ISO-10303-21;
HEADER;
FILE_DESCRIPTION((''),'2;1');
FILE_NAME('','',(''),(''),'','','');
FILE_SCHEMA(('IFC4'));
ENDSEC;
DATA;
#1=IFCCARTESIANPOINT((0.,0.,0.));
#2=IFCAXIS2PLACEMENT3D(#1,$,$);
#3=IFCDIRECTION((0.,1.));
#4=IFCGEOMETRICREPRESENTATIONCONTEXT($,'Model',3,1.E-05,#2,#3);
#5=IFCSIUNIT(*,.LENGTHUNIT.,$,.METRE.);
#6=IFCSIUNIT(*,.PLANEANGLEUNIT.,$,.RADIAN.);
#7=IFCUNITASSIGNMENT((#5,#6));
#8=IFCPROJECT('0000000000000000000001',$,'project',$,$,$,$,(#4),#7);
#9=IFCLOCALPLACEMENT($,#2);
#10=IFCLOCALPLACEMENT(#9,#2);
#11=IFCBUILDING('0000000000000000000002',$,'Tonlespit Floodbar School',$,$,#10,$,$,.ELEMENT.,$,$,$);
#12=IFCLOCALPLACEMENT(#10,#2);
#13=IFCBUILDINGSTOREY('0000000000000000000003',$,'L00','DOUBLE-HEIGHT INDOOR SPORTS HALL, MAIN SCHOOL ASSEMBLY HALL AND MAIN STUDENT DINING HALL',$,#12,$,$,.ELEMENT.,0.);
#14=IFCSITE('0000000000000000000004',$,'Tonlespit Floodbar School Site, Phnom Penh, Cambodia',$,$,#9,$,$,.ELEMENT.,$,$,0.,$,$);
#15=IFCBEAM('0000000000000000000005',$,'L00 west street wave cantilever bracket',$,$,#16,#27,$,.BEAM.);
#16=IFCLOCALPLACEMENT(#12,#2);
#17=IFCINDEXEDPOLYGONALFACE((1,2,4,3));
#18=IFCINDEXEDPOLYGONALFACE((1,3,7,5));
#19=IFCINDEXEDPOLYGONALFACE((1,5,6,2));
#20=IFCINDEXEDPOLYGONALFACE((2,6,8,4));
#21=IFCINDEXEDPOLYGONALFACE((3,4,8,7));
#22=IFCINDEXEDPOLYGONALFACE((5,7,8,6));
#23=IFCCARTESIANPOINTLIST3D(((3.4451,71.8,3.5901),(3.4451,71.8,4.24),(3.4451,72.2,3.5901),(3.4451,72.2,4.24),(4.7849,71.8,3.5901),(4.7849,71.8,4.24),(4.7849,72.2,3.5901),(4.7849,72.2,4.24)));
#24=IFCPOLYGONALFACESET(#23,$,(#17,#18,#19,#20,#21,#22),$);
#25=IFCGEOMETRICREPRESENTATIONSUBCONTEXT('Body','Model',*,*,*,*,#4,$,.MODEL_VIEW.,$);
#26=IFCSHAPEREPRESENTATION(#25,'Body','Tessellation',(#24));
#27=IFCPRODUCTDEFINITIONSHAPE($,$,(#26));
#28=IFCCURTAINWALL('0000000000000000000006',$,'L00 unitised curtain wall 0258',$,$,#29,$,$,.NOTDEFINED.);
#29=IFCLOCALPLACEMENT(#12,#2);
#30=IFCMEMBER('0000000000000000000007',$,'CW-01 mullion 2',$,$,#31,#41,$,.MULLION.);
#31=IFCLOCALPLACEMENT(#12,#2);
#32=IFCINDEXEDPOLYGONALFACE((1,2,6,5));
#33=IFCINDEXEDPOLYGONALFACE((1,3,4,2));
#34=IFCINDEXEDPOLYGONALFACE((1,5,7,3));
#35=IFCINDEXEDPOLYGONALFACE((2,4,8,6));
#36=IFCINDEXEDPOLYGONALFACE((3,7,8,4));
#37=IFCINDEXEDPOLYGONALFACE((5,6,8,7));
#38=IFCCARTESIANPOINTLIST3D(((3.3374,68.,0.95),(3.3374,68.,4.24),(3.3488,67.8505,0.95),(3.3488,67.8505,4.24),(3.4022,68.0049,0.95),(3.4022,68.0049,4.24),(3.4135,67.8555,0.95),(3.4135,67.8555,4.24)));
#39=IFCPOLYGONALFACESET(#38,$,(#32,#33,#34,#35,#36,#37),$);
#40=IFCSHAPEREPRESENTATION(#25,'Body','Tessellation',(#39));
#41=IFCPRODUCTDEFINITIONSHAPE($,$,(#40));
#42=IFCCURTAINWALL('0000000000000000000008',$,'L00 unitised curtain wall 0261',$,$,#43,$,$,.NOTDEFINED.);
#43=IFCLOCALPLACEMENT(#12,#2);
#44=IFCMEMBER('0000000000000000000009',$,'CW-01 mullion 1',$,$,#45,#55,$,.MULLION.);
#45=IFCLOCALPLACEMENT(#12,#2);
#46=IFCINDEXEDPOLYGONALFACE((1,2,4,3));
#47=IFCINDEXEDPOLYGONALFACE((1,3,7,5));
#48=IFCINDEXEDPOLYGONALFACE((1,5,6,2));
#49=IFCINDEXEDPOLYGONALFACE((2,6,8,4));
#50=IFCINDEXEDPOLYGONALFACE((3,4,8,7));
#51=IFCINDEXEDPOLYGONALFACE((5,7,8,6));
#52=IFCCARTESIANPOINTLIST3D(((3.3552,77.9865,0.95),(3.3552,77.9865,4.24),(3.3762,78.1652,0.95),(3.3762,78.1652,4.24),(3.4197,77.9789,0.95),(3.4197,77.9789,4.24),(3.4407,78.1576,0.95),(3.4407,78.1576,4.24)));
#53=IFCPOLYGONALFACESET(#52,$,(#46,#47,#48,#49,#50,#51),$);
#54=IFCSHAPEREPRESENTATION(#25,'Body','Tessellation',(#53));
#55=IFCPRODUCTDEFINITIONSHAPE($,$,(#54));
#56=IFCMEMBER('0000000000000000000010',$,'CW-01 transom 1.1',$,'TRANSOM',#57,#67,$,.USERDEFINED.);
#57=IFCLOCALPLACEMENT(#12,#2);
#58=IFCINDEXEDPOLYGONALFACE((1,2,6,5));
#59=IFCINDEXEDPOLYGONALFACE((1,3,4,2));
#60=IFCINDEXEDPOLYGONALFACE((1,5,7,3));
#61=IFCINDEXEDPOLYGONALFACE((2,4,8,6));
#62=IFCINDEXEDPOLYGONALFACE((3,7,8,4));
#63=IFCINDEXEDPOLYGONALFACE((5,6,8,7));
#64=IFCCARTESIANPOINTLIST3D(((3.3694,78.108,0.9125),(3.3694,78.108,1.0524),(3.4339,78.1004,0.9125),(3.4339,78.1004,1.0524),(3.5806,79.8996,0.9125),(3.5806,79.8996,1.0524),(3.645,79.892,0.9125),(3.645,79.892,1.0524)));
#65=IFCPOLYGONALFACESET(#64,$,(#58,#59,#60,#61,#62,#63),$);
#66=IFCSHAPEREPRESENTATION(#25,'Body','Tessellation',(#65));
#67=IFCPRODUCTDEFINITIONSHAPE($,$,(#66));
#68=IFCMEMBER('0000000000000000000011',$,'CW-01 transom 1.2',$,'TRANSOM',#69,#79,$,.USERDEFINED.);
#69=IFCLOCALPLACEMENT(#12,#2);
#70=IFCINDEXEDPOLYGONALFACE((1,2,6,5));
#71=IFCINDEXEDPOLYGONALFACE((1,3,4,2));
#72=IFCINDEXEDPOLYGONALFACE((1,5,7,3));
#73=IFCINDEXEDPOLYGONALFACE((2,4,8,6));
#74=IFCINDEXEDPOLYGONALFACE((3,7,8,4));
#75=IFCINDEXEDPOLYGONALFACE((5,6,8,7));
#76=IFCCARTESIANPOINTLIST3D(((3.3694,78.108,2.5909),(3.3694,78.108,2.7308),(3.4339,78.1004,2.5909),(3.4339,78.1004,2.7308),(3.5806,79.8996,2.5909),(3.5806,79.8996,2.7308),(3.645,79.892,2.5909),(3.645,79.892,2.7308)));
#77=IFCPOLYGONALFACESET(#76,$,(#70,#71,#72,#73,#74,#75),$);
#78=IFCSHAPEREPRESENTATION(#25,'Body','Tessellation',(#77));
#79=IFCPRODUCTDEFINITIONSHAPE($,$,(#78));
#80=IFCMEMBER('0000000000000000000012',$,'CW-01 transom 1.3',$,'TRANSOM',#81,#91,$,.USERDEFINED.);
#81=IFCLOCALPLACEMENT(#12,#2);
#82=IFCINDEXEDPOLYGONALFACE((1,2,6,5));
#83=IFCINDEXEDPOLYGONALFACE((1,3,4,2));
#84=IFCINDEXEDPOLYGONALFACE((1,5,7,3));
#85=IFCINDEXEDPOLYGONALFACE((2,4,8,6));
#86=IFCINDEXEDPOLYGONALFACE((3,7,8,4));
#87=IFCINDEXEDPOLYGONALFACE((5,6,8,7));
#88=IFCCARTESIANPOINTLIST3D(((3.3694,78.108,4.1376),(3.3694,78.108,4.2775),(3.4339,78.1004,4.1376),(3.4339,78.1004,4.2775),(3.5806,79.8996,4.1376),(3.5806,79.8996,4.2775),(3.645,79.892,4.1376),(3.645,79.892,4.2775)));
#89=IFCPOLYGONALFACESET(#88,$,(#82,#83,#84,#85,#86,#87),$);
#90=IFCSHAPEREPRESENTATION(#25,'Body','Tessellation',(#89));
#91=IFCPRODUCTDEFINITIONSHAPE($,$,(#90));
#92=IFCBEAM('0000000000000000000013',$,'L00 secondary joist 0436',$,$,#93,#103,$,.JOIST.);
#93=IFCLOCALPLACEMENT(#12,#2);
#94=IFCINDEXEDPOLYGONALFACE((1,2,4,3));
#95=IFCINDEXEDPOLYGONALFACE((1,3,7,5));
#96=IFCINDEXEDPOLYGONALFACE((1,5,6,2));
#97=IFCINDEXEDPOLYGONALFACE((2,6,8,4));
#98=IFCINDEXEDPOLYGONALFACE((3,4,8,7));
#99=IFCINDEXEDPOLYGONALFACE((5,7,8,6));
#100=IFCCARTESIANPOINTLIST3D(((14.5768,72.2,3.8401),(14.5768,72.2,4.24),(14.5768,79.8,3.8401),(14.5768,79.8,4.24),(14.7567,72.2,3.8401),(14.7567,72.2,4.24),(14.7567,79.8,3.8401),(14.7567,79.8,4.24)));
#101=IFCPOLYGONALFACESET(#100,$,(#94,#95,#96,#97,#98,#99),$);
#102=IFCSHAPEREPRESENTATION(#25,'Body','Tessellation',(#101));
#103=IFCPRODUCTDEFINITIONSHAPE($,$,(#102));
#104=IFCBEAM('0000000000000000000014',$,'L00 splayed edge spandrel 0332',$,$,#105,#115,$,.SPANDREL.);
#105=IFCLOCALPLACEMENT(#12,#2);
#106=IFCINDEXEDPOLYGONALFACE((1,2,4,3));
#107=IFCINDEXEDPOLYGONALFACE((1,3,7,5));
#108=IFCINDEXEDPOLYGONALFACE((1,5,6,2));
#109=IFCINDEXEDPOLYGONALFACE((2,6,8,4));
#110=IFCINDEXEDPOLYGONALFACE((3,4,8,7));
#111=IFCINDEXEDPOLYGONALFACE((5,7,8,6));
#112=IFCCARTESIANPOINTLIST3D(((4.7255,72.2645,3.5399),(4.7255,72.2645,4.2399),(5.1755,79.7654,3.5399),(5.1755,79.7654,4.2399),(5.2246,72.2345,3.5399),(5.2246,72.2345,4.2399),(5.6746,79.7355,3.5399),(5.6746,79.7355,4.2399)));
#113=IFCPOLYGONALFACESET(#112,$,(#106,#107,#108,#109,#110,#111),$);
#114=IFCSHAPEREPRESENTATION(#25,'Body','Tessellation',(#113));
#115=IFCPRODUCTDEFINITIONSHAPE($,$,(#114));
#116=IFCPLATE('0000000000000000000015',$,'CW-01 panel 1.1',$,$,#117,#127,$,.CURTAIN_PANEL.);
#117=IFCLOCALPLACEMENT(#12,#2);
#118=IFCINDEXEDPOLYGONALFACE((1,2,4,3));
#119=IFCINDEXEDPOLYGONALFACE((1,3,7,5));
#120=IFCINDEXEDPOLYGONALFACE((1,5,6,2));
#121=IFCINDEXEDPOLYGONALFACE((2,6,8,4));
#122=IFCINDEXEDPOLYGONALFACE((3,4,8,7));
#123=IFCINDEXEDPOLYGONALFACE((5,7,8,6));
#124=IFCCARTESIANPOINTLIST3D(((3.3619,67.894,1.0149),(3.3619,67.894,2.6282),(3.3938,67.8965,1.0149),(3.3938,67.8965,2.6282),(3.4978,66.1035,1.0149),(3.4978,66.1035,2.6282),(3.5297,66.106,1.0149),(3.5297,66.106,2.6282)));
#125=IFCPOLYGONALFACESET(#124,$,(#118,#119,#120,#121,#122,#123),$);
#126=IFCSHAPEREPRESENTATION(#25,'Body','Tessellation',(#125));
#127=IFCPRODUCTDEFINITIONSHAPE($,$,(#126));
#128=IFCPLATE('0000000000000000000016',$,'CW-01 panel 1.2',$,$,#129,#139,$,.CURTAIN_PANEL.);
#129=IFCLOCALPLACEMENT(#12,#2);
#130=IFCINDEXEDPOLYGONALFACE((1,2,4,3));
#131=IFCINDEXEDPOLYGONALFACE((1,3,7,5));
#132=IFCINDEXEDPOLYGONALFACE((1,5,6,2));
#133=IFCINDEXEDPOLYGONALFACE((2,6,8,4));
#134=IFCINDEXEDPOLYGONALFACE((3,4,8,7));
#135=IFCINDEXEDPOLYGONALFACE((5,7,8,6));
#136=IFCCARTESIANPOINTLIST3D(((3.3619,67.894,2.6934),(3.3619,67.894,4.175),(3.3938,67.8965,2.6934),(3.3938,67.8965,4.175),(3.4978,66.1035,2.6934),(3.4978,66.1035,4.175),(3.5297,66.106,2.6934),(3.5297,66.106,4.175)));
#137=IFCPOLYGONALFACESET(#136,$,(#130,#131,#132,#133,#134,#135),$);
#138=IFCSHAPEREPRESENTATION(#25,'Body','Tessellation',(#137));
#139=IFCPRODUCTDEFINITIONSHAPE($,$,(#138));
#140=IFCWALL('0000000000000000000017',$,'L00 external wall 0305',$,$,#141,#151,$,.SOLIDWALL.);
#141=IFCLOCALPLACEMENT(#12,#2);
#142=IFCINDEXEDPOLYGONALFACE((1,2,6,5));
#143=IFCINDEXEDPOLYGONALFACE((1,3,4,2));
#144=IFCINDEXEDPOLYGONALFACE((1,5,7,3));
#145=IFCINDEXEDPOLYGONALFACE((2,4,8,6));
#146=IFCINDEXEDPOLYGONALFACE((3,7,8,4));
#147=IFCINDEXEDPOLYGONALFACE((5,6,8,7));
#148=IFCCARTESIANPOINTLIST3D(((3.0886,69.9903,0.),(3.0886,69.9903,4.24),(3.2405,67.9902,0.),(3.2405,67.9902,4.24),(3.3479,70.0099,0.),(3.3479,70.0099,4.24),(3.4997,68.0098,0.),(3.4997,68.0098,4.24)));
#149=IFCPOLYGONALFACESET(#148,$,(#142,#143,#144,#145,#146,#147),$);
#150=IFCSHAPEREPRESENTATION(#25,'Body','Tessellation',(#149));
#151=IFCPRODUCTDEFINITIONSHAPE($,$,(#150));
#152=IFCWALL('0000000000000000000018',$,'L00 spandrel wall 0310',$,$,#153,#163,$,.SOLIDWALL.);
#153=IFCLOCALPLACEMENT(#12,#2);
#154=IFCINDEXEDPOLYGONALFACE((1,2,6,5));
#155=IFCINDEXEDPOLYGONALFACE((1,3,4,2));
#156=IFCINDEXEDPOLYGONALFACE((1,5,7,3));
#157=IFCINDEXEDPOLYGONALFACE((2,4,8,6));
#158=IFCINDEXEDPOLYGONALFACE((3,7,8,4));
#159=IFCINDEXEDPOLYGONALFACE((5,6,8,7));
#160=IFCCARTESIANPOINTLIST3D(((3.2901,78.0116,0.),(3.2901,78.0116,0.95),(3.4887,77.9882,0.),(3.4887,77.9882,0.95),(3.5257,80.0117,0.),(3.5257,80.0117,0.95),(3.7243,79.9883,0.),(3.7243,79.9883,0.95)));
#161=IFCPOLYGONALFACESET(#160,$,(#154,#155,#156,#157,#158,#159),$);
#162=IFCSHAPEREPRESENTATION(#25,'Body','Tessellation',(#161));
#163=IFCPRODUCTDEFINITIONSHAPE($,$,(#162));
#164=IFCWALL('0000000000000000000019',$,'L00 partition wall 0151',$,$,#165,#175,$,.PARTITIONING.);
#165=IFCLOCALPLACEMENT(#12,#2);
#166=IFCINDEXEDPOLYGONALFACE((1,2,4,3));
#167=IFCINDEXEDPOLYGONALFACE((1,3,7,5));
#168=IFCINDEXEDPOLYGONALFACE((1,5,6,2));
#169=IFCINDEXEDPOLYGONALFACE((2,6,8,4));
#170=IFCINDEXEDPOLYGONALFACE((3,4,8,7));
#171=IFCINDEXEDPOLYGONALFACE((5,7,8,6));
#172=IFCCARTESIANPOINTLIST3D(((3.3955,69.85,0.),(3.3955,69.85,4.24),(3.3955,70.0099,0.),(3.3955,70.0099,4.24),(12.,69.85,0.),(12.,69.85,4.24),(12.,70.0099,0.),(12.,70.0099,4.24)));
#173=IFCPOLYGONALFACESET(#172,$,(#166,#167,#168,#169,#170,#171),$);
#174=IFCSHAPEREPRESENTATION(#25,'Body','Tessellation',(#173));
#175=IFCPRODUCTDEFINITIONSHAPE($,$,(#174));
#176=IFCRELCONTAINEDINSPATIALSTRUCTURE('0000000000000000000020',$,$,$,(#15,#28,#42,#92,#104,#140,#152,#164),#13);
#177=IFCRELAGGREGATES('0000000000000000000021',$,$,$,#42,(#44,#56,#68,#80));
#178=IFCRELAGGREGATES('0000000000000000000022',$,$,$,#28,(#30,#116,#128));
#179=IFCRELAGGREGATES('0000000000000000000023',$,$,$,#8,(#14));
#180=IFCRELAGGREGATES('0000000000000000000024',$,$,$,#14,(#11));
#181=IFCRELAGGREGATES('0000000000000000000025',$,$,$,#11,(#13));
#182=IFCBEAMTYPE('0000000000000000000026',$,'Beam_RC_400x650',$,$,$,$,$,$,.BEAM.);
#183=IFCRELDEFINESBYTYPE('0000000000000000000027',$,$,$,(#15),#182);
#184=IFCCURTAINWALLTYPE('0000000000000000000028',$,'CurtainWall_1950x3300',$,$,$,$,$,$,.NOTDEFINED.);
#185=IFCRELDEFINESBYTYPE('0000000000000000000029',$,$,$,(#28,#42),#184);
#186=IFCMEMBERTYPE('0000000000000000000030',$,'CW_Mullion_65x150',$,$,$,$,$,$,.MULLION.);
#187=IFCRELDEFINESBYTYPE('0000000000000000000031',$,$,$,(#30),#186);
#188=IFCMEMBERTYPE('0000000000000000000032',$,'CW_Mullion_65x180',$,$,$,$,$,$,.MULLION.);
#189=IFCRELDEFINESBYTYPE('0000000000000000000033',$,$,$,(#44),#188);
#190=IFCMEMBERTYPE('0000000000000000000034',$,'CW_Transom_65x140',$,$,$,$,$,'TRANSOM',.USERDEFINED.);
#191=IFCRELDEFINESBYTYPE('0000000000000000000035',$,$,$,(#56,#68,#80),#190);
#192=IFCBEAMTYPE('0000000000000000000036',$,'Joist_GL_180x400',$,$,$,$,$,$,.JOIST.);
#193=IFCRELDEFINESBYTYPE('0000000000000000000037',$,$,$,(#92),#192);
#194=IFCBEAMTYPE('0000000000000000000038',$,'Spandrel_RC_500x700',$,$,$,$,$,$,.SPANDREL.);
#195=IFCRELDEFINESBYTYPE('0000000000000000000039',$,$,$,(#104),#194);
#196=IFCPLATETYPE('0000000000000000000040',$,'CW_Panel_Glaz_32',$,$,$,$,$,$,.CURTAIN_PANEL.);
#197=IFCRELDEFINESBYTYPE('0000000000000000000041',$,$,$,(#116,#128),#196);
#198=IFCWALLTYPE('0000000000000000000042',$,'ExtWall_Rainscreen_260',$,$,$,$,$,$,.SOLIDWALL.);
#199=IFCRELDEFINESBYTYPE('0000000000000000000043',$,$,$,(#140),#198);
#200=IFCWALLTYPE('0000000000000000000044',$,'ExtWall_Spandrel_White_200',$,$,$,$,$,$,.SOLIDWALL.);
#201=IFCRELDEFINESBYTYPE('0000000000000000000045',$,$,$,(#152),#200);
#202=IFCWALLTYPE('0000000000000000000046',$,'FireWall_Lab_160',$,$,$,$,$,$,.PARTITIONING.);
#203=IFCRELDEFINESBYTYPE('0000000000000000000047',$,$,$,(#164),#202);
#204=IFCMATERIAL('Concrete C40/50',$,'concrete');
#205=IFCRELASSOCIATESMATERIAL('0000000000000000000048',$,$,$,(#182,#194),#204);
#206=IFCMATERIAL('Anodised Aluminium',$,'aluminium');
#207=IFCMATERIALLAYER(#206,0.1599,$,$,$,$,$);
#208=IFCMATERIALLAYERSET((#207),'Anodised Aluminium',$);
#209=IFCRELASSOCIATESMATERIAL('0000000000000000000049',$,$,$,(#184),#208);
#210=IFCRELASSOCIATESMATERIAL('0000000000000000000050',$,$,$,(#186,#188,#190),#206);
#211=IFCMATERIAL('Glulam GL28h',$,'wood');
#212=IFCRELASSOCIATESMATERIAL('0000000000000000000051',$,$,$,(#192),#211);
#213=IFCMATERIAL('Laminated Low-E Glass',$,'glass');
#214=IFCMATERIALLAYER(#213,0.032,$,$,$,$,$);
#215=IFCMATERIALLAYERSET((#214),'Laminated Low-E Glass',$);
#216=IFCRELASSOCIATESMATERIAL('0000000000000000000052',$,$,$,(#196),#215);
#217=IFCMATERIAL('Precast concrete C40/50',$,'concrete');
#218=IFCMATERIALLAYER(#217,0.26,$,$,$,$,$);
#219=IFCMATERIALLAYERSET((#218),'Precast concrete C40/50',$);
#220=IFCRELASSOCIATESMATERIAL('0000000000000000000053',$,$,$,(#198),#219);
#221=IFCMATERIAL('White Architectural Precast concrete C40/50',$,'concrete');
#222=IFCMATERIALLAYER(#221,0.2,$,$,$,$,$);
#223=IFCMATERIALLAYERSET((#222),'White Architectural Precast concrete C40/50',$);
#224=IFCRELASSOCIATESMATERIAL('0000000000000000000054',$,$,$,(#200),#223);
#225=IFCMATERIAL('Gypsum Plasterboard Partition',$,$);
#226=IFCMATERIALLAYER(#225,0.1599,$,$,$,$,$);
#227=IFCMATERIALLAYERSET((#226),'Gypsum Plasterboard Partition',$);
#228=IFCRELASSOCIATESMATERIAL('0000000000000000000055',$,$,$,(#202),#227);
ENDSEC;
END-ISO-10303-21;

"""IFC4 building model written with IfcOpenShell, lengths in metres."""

from ifc_helpers import new_model, si_unit, direction, frame, frame_2d, origin, origin_2d, place, context, subcontext, project, spatial, rectangle, extrude, material, layer, layer_set, material_profile, profile_set, type_object, element, aggregate, save


model = new_model("IFC4")

# Units and contexts
model_context = context("Model", 3, precision=1e-05, world=origin(), true_north=direction((0.0, 1.0)))
body_context = subcontext(model_context, "Body", "Model", "MODEL_VIEW")
ifc_project = project(units=[si_unit("LENGTHUNIT", "METRE"), si_unit("PLANEANGLEUNIT", "RADIAN")], contexts=[model_context])

# Site, building, storey
site_placement = place(None, origin())
site = spatial("IfcSite", under=ifc_project, at=site_placement, Name="Tonlespit Floodbar School Site, Phnom Penh, Cambodia", CompositionType="ELEMENT", RefElevation=0.0)
building_placement = place(site_placement, origin())
building = spatial("IfcBuilding", under=site, at=building_placement, Name="Tonlespit Floodbar School", CompositionType="ELEMENT")
storey_placement = place(building_placement, origin())
storey = spatial("IfcBuildingStorey", under=building, at=storey_placement, Name="L00", Description="DOUBLE-HEIGHT INDOOR SPORTS HALL, MAIN SCHOOL ASSEMBLY HALL AND MAIN STUDENT DINING HALL", CompositionType="ELEMENT", Elevation=0.0)

# Shared definitions
ifc_material_1 = material(Name="Concrete C40/50", Category="concrete")

# Beam
ifc_material_profile_1 = material_profile(ifc_material_1, rectangle(XDim=0.3999, YDim=0.6499, at=origin_2d()), Name="RC 400x650")
ifc_profile_set_1 = profile_set([ifc_material_profile_1], Name="Concrete C40/50")
beam_type_1 = type_object("IfcBeamType", Name="Beam_RC_400x650", PredefinedType="BEAM", material=ifc_profile_set_1)
beam_1_placement = place(storey_placement, frame((4.7849, 72.0, 3.915), z_axis=(-1.0, 0.0, 0.0), x_axis=(0.0, -1.0, 0.0)))
element("IfcBeam", 1, at=beam_1_placement, inside=storey, type_object=beam_type_1, Name="L00 west street wave cantilever bracket", PredefinedType="BEAM", context=body_context, shape_type="SweptSolid", body=[
    extrude(rectangle(XDim=0.3999, YDim=0.6499, at=origin_2d()), origin(), (0.0, 0.0, 1.0), 1.3398),
])

# Curtain wall, member
ifc_material_2 = material(Name="Anodised Aluminium", Category="aluminium")
ifc_layer_1 = layer(ifc_material_2, 0.1599)
ifc_layer_set_1 = layer_set([ifc_layer_1], Name="Anodised Aluminium")
curtain_wall_type = type_object("IfcCurtainWallType", Name="CurtainWall_1950x3300", PredefinedType="NOTDEFINED", material=ifc_layer_set_1)
curtain_wall_1_placement = place(storey_placement, origin())
curtain_wall_1 = element("IfcCurtainWall", 2, at=curtain_wall_1_placement, inside=storey, type_object=curtain_wall_type, Name="L00 unitised curtain wall 0258", PredefinedType="NOTDEFINED")
ifc_material_profile_2 = material_profile(ifc_material_2, rectangle(XDim=0.0649, YDim=0.1499, at=origin_2d()), Name="ALU M65x150")
ifc_profile_set_2 = profile_set([ifc_material_profile_2], Name="Anodised Aluminium")
member_type_1 = type_object("IfcMemberType", Name="CW_Mullion_65x150", PredefinedType="MULLION", material=ifc_profile_set_2)
member_1_placement = place(storey_placement, frame((3.3755, 67.9277, 0.95), z_axis=(0.0, 0.0, 1.0), x_axis=(-0.99713, -0.075712, 0.0)))
member_1 = element("IfcMember", 3, at=member_1_placement, type_object=member_type_1, Name="CW-01 mullion 2", PredefinedType="MULLION", context=body_context, shape_type="SweptSolid", body=[
    extrude(rectangle(XDim=0.0649, YDim=0.1499, at=origin_2d()), origin(), (0.0, 0.0, 1.0), 3.29),
])

# Curtain wall, members
curtain_wall_2_placement = place(storey_placement, origin())
curtain_wall_2 = element("IfcCurtainWall", 4, at=curtain_wall_2_placement, inside=storey, type_object=curtain_wall_type, Name="L00 unitised curtain wall 0261", PredefinedType="NOTDEFINED")
ifc_material_profile_3 = material_profile(ifc_material_2, rectangle(XDim=0.0649, YDim=0.1799, at=origin_2d()), Name="ALU M65x180")
ifc_profile_set_3 = profile_set([ifc_material_profile_3], Name="Anodised Aluminium")
member_type_2 = type_object("IfcMemberType", Name="CW_Mullion_65x180", PredefinedType="MULLION", material=ifc_profile_set_3)
member_2_placement = place(storey_placement, frame((3.3979, 78.072, 0.95), z_axis=(0.0, 0.0, 1.0), x_axis=(-0.993136, 0.116967, 0.0)))
member_2 = element("IfcMember", 5, at=member_2_placement, type_object=member_type_2, Name="CW-01 mullion 1", PredefinedType="MULLION", context=body_context, shape_type="SweptSolid", body=[
    extrude(rectangle(XDim=0.0649, YDim=0.1799, at=origin_2d()), origin(), (0.0, 0.0, 1.0), 3.29),
])
ifc_material_profile_4 = material_profile(ifc_material_2, rectangle(XDim=0.0649, YDim=0.1399, at=origin_2d()), Name="ALU T65x140")
ifc_profile_set_4 = profile_set([ifc_material_profile_4], Name="Anodised Aluminium")
member_type_3 = type_object("IfcMemberType", Name="CW_Transom_65x140", ElementType="TRANSOM", PredefinedType="USERDEFINED", material=ifc_profile_set_4)
member_3_placement = place(storey_placement, frame((3.4016, 78.1042, 0.9824), z_axis=(0.117069, 0.993124, 0.0), x_axis=(-0.993124, 0.117069, 0.0)))
member_3 = element("IfcMember", 6, at=member_3_placement, type_object=member_type_3, Name="CW-01 transom 1.1", ObjectType="TRANSOM", PredefinedType="USERDEFINED", context=body_context, shape_type="SweptSolid", body=[
    extrude(rectangle(XDim=0.0649, YDim=0.1399, at=origin_2d()), origin(), (0.0, 0.0, 1.0), 1.804),
])
member_4_placement = place(storey_placement, frame((3.4016, 78.1042, 2.6609), z_axis=(0.117069, 0.993124, 0.0), x_axis=(-0.993124, 0.117069, 0.0)))
member_4 = element("IfcMember", 7, at=member_4_placement, type_object=member_type_3, Name="CW-01 transom 1.2", ObjectType="TRANSOM", PredefinedType="USERDEFINED", context=body_context, shape_type="SweptSolid", body=[
    extrude(rectangle(XDim=0.0649, YDim=0.1399, at=origin_2d()), origin(), (0.0, 0.0, 1.0), 1.804),
])
member_5_placement = place(storey_placement, frame((3.4016, 78.1042, 4.2075), z_axis=(0.117069, 0.993124, 0.0), x_axis=(-0.993124, 0.117069, 0.0)))
member_5 = element("IfcMember", 8, at=member_5_placement, type_object=member_type_3, Name="CW-01 transom 1.3", ObjectType="TRANSOM", PredefinedType="USERDEFINED", context=body_context, shape_type="SweptSolid", body=[
    extrude(rectangle(XDim=0.0649, YDim=0.1399, at=origin_2d()), origin(), (0.0, 0.0, 1.0), 1.804),
])
aggregate(curtain_wall_2, [member_2, member_3, member_4, member_5])

# Beams
ifc_material_3 = material(Name="Glulam GL28h", Category="wood")
ifc_material_profile_5 = material_profile(ifc_material_3, rectangle(XDim=0.1799, YDim=0.3999, at=origin_2d()), Name="GL 180x400")
ifc_profile_set_5 = profile_set([ifc_material_profile_5], Name="Glulam GL28h")
beam_type_2 = type_object("IfcBeamType", Name="Joist_GL_180x400", PredefinedType="JOIST", material=ifc_profile_set_5)
beam_2_placement = place(storey_placement, frame((14.6667, 72.2, 4.04), z_axis=(0.0, 1.0, 0.0), x_axis=(-1.0, 0.0, 0.0)))
element("IfcBeam", 9, at=beam_2_placement, inside=storey, type_object=beam_type_2, Name="L00 secondary joist 0436", PredefinedType="JOIST", context=body_context, shape_type="SweptSolid", body=[
    extrude(rectangle(XDim=0.1799, YDim=0.3999, at=origin_2d()), origin(), (0.0, 0.0, 1.0), 7.6001),
])
ifc_material_profile_6 = material_profile(ifc_material_1, rectangle(XDim=0.5, YDim=0.7, at=origin_2d()), Name="RC 500x700")
ifc_profile_set_6 = profile_set([ifc_material_profile_6], Name="Concrete C40/50")
beam_type_3 = type_object("IfcBeamType", Name="Spandrel_RC_500x700", PredefinedType="SPANDREL", material=ifc_profile_set_6)
beam_3_placement = place(storey_placement, frame((4.9751, 72.2495, 3.8899), z_axis=(0.059878, 0.998206, 0.0), x_axis=(-0.998206, 0.059878, 0.0)))
element("IfcBeam", 10, at=beam_3_placement, inside=storey, type_object=beam_type_3, Name="L00 splayed edge spandrel 0332", PredefinedType="SPANDREL", context=body_context, shape_type="SweptSolid", body=[
    extrude(rectangle(XDim=0.5, YDim=0.7, at=origin_2d()), origin(), (0.0, 0.0, 1.0), 7.5144),
])

# Plates
ifc_material_4 = material(Name="Laminated Low-E Glass", Category="glass")
ifc_layer_2 = layer(ifc_material_4, 0.032)
ifc_layer_set_2 = layer_set([ifc_layer_2], Name="Laminated Low-E Glass")
plate_type = type_object("IfcPlateType", Name="CW_Panel_Glaz_32", PredefinedType="CURTAIN_PANEL", material=ifc_layer_set_2)
plate_1_placement = place(storey_placement, frame((3.4458, 67.0, 1.0149), z_axis=(0.0, 0.0, 1.0), x_axis=(-0.075712, 0.99713, 0.0)))
plate_1 = element("IfcPlate", 11, at=plate_1_placement, type_object=plate_type, Name="CW-01 panel 1.1", PredefinedType="CURTAIN_PANEL", context=body_context, shape_type="SweptSolid", body=[
    extrude(rectangle(XDim=1.7957, YDim=0.032, at=origin_2d()), origin(), (0.0, 0.0, 1.0), 1.6133),
])
plate_2_placement = place(storey_placement, frame((3.4458, 67.0, 2.6934), z_axis=(0.0, 0.0, 1.0), x_axis=(-0.075712, 0.99713, 0.0)))
plate_2 = element("IfcPlate", 12, at=plate_2_placement, type_object=plate_type, Name="CW-01 panel 1.2", PredefinedType="CURTAIN_PANEL", context=body_context, shape_type="SweptSolid", body=[
    extrude(rectangle(XDim=1.7957, YDim=0.032, at=origin_2d()), origin(), (0.0, 0.0, 1.0), 1.4817),
])
aggregate(curtain_wall_1, [member_1, plate_1, plate_2])

# Walls
ifc_material_5 = material(Name="Precast concrete C40/50", Category="concrete")
ifc_layer_3 = layer(ifc_material_5, 0.26)
ifc_layer_set_3 = layer_set([ifc_layer_3], Name="Precast concrete C40/50")
wall_type_1 = type_object("IfcWallType", Name="ExtWall_Rainscreen_260", PredefinedType="SOLIDWALL", material=ifc_layer_set_3)
wall_1_placement = place(storey_placement, frame((3.3701, 68.0, 0.0), z_axis=(0.0, 0.0, 1.0), x_axis=(-0.07571, 0.99713, 0.0)))
element("IfcWall", 13, at=wall_1_placement, inside=storey, type_object=wall_type_1, Name="L00 external wall 0305", PredefinedType="SOLIDWALL", context=body_context, shape_type="SweptSolid", body=[
    extrude(rectangle(XDim=2.0059, YDim=0.26, at=frame_2d((1.0029, 0.0))), origin(), (0.0, 0.0, 1.0), 4.24),
])
ifc_material_6 = material(Name="White Architectural Precast concrete C40/50", Category="concrete")
ifc_layer_4 = layer(ifc_material_6, 0.2)
ifc_layer_set_4 = layer_set([ifc_layer_4], Name="White Architectural Precast concrete C40/50")
wall_type_2 = type_object("IfcWallType", Name="ExtWall_Spandrel_White_200", PredefinedType="SOLIDWALL", material=ifc_layer_set_4)
wall_2_placement = place(storey_placement, frame((3.3894, 78.0, 0.0), z_axis=(0.0, 0.0, 1.0), x_axis=(0.116989, 0.993133, 0.0)))
element("IfcWall", 14, at=wall_2_placement, inside=storey, type_object=wall_type_2, Name="L00 spandrel wall 0310", PredefinedType="SOLIDWALL", context=body_context, shape_type="SweptSolid", body=[
    extrude(rectangle(XDim=2.0139, YDim=0.2, at=frame_2d((1.0068, 0.0))), origin(), (0.0, 0.0, 1.0), 0.95),
])
ifc_material_7 = material(Name="Gypsum Plasterboard Partition")
ifc_layer_5 = layer(ifc_material_7, 0.1599)
ifc_layer_set_5 = layer_set([ifc_layer_5], Name="Gypsum Plasterboard Partition")
wall_type_3 = type_object("IfcWallType", Name="FireWall_Lab_160", PredefinedType="PARTITIONING", material=ifc_layer_set_5)
wall_3_placement = place(storey_placement, frame((3.3955, 69.9299, 0.0), z_axis=(0.0, 0.0, 1.0), x_axis=(1.0, 0.0, 0.0)))
element("IfcWall", 15, at=wall_3_placement, inside=storey, type_object=wall_type_3, Name="L00 partition wall 0151", PredefinedType="PARTITIONING", context=body_context, shape_type="SweptSolid", body=[
    extrude(rectangle(XDim=8.6045, YDim=0.1599, at=frame_2d((4.3022, 0.0))), origin(), (0.0, 0.0, 1.0), 4.24),
])

save(model, "model.ifc")
